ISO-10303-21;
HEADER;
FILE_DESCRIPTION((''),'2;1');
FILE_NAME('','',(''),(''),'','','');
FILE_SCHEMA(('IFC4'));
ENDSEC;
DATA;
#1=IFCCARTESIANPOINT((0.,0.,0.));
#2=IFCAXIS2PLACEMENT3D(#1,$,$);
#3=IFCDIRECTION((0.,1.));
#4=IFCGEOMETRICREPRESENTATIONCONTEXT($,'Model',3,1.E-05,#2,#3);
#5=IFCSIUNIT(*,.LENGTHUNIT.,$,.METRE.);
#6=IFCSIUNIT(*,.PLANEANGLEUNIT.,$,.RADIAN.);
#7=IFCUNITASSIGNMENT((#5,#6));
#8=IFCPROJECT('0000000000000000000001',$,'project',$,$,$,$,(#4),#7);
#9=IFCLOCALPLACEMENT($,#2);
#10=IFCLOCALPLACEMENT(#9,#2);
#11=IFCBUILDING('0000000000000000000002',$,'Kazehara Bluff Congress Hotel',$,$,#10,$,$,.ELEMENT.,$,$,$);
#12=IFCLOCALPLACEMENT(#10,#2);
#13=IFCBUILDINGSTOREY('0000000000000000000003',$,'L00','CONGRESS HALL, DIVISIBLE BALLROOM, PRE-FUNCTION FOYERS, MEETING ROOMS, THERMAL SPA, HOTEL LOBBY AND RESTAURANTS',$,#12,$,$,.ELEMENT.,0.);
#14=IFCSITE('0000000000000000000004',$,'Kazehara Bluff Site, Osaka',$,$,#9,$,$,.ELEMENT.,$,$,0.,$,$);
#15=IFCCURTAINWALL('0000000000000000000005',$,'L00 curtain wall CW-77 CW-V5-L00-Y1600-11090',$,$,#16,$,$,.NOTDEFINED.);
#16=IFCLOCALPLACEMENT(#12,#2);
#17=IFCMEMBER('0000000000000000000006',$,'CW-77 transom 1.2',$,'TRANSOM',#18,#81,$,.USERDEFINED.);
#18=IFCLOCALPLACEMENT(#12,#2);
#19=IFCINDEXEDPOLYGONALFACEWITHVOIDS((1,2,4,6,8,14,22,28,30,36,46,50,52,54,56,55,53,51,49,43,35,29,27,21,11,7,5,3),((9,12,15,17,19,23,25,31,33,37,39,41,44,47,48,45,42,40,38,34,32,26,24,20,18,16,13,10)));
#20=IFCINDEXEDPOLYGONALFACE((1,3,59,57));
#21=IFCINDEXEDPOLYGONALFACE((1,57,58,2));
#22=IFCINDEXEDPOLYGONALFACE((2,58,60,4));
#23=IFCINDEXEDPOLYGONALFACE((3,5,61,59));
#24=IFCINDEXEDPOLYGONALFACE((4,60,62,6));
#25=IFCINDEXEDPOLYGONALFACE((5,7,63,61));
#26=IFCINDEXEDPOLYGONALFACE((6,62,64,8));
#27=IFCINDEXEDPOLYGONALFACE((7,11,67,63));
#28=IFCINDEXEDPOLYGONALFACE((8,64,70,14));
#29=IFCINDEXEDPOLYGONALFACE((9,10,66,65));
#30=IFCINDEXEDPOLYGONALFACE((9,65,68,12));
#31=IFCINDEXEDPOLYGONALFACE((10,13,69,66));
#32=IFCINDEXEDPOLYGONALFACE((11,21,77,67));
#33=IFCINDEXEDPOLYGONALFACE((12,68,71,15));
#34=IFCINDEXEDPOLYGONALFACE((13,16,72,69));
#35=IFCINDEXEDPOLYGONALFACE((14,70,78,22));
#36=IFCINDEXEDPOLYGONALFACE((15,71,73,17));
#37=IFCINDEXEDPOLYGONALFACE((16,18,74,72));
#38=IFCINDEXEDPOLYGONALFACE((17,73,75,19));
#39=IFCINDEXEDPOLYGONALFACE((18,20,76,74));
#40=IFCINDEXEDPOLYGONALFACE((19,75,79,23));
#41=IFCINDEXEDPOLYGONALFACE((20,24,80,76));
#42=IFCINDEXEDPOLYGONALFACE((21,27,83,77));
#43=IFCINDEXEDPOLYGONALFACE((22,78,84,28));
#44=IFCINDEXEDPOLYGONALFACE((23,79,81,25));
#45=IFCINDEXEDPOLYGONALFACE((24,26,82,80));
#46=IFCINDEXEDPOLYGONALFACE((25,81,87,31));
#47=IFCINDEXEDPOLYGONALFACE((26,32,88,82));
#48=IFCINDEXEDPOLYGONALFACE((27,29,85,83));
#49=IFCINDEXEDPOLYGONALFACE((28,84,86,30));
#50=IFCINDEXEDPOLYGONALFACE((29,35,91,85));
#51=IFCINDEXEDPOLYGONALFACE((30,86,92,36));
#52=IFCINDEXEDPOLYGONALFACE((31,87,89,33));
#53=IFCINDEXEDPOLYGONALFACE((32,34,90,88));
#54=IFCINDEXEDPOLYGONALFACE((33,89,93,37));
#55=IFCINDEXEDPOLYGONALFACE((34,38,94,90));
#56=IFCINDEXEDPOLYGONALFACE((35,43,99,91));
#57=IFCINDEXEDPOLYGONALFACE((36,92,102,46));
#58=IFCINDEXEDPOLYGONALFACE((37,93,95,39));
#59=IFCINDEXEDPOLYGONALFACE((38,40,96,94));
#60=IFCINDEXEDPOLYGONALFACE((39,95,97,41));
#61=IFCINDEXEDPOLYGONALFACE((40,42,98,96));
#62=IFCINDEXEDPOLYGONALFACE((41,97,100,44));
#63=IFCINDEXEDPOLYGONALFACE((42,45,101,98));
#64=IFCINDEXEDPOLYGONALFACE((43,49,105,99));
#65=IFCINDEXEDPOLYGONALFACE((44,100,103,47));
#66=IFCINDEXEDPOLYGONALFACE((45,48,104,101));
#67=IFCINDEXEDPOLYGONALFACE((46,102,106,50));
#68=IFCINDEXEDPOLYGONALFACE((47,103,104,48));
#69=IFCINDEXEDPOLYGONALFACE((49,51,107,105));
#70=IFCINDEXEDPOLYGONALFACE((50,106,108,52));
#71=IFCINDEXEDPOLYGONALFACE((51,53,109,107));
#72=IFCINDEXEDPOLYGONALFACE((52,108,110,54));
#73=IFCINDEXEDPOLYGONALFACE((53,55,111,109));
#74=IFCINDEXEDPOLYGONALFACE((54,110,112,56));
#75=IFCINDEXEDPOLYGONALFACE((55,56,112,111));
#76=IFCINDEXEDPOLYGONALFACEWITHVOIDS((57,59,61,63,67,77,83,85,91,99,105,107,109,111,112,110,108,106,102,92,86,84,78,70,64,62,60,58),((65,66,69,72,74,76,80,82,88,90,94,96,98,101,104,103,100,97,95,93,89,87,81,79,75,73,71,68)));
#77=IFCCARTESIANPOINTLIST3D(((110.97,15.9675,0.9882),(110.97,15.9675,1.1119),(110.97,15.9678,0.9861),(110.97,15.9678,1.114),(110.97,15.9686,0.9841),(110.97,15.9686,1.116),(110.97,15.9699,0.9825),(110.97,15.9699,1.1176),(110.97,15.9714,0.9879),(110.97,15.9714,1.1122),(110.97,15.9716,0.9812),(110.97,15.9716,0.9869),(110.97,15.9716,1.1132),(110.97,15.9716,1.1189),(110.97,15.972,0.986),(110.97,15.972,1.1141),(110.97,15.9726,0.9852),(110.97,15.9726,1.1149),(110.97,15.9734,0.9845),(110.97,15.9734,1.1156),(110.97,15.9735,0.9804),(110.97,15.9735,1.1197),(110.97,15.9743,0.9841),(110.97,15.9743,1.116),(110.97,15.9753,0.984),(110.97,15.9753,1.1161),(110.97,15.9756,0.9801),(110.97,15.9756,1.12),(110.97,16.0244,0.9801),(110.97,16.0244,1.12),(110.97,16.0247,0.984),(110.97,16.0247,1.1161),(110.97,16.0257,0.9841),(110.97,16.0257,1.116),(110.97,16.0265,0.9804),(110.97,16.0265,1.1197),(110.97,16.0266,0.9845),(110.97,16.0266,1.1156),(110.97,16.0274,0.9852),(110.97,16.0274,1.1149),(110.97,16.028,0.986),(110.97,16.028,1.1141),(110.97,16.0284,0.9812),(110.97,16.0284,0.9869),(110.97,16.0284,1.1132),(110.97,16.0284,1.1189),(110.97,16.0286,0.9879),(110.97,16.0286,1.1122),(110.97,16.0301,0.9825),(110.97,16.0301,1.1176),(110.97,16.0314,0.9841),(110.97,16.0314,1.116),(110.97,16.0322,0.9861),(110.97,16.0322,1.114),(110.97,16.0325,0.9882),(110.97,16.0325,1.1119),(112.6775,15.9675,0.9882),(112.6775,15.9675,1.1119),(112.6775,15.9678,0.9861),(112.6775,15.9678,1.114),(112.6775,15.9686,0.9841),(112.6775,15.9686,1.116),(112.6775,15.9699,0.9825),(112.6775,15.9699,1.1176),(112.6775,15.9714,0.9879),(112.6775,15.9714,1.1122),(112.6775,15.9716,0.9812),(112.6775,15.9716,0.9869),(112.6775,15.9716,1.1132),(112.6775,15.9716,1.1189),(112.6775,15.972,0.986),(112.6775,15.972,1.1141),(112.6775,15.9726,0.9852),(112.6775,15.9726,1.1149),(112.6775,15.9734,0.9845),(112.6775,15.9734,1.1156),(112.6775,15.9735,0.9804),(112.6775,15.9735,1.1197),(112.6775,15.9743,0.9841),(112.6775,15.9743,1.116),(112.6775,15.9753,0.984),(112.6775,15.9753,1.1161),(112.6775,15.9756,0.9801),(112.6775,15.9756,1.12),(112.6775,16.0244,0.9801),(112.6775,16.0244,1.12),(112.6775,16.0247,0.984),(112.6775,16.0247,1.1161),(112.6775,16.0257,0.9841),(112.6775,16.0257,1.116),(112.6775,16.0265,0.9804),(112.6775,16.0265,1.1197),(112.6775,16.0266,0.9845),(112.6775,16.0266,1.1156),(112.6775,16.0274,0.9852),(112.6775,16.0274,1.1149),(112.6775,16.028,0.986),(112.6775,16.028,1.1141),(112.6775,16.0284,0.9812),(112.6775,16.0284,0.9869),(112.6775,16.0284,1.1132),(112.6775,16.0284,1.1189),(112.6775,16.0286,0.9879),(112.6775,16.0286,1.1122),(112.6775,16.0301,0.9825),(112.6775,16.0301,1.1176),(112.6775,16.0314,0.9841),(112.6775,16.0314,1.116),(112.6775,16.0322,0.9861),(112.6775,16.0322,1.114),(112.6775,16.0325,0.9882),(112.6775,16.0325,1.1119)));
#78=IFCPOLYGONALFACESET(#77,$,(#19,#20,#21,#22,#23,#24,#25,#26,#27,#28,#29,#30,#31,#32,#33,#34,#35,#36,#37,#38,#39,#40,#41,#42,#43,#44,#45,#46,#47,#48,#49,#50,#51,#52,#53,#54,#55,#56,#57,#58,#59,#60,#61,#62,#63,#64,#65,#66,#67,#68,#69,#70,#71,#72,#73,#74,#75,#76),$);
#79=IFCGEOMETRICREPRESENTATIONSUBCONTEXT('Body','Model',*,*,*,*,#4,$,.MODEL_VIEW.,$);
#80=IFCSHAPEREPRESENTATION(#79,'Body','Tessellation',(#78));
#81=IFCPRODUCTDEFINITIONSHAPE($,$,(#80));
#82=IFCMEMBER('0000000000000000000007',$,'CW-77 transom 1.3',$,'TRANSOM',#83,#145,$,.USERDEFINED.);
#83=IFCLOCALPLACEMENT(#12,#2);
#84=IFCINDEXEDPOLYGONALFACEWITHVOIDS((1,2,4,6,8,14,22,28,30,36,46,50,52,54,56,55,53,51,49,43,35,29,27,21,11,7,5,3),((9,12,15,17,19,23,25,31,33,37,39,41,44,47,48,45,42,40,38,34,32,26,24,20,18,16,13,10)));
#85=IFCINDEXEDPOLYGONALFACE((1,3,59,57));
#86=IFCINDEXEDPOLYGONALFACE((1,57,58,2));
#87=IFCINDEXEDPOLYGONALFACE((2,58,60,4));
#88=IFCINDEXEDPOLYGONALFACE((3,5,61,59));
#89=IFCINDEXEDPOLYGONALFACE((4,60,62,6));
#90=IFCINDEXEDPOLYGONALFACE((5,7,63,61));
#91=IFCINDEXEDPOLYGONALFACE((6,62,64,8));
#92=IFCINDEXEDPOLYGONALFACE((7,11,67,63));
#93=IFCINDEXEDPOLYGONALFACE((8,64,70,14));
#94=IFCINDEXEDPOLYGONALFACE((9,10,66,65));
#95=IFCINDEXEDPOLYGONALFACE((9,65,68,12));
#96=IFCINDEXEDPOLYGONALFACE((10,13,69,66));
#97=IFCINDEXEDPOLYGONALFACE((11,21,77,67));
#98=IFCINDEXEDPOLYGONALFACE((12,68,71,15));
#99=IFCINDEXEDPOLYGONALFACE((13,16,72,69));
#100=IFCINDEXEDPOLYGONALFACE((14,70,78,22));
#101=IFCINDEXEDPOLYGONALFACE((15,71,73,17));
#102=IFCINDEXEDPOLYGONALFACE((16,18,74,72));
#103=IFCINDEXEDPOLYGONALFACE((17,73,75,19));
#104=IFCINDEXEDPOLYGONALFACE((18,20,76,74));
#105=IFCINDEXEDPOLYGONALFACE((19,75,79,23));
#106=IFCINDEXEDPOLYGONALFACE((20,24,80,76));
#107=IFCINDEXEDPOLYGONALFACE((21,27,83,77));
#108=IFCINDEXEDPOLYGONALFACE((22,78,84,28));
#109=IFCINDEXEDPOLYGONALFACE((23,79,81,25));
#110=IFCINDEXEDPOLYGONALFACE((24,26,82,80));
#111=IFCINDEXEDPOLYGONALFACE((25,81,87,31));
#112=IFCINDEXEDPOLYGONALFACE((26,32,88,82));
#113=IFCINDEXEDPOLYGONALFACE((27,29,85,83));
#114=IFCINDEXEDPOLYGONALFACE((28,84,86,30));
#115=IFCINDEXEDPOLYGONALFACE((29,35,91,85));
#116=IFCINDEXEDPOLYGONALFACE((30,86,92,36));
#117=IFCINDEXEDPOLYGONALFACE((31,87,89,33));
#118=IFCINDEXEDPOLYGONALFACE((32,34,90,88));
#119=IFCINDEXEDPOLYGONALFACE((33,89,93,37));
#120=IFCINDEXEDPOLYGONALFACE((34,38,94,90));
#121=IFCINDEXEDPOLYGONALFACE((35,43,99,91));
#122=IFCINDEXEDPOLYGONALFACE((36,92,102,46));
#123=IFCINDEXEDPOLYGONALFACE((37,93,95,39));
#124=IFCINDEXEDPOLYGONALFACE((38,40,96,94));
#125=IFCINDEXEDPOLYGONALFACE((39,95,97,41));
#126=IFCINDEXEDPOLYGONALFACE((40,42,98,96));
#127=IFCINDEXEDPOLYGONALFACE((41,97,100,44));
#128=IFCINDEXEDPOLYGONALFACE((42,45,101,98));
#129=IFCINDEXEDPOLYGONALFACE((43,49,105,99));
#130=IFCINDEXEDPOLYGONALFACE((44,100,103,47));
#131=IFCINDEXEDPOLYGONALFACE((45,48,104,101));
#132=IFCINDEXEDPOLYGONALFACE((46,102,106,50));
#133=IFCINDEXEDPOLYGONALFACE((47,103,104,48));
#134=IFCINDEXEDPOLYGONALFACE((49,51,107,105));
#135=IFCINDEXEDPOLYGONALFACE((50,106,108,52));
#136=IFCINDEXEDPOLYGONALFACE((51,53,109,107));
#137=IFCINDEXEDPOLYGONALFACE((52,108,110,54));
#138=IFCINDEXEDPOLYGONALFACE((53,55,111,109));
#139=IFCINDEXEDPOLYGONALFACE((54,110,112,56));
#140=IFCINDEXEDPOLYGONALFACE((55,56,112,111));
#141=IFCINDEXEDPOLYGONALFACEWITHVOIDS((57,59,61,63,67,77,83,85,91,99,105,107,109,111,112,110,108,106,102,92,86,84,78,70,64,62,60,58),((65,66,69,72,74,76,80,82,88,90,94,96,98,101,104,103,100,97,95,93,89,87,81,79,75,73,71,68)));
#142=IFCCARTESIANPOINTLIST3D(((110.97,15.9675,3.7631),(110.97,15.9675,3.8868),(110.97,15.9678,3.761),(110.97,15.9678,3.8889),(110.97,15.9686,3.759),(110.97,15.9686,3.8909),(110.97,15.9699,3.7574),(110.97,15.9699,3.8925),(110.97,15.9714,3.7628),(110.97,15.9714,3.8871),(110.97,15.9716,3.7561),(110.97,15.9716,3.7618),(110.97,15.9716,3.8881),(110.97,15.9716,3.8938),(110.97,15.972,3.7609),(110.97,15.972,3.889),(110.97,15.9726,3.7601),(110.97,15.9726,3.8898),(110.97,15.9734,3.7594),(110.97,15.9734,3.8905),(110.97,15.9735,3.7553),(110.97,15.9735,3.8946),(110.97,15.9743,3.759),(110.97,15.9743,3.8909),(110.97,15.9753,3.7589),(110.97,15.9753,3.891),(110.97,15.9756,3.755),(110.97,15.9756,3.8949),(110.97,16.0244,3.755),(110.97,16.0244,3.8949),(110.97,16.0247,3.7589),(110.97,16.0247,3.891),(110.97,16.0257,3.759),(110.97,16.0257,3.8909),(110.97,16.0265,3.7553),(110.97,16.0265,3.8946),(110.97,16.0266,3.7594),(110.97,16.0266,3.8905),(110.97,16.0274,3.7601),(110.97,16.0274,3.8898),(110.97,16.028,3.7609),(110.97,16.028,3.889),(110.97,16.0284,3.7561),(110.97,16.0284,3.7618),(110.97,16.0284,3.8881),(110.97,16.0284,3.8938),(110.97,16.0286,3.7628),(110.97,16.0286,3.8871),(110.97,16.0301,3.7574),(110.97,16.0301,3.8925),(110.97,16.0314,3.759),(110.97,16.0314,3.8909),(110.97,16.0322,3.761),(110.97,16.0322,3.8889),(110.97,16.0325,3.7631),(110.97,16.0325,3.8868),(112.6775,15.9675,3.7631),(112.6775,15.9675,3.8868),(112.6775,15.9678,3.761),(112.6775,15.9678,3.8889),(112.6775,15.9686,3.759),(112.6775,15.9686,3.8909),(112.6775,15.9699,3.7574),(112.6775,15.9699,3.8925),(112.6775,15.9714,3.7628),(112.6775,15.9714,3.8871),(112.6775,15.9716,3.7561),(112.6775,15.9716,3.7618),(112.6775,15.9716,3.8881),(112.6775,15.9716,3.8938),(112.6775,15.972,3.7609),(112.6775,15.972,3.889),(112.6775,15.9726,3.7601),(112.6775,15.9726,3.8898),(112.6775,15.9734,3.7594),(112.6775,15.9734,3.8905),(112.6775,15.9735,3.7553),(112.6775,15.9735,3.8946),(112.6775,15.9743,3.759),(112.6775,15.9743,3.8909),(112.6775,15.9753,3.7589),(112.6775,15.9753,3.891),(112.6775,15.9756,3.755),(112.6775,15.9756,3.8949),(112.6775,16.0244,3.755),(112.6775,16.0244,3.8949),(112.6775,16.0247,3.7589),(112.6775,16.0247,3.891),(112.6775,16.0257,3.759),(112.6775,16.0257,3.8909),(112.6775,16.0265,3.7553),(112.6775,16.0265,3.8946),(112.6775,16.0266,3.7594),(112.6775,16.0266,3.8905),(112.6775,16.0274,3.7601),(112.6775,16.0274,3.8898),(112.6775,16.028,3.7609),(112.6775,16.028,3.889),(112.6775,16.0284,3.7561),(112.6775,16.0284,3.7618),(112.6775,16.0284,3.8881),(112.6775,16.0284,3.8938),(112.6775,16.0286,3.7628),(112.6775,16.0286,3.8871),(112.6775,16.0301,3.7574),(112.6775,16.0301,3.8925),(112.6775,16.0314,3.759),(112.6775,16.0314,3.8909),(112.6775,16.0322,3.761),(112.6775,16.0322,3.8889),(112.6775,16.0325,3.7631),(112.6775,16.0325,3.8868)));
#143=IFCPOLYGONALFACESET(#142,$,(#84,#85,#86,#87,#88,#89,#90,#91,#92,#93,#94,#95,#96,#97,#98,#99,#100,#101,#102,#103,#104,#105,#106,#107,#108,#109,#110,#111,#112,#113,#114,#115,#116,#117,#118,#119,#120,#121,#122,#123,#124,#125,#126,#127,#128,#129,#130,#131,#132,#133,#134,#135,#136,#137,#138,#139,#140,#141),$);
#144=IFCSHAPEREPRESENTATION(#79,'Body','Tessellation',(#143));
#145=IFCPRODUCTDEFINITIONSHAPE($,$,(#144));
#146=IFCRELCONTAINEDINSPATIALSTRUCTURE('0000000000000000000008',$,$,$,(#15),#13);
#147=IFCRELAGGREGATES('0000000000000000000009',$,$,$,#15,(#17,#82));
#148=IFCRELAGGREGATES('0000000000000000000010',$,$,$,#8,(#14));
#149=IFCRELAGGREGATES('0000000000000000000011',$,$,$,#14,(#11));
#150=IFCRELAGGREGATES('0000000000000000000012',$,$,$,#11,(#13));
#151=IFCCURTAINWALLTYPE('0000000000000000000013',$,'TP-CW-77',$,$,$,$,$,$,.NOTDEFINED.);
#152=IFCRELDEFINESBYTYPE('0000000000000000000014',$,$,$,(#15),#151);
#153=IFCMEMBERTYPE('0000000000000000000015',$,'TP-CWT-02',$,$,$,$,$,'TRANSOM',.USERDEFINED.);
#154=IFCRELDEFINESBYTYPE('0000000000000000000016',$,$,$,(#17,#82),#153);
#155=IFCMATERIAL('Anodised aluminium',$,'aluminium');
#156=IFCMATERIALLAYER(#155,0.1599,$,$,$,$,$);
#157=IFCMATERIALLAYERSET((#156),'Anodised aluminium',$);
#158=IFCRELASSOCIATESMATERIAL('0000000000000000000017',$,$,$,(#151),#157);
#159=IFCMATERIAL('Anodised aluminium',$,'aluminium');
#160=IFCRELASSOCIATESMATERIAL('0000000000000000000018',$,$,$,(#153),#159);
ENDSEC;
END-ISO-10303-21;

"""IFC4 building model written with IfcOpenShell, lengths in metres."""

from ifc_helpers import new_model, si_unit, direction, frame, origin, origin_2d, place, context, subcontext, project, spatial, hollow_rectangle, extrude, material, layer, layer_set, material_profile, profile_set, type_object, element, aggregate, save


model = new_model("IFC4")

# Units and contexts
model_context = context("Model", 3, precision=1e-05, world=origin(), true_north=direction((0.0, 1.0)))
body_context = subcontext(model_context, "Body", "Model", "MODEL_VIEW")
ifc_project = project(units=[si_unit("LENGTHUNIT", "METRE"), si_unit("PLANEANGLEUNIT", "RADIAN")], contexts=[model_context])

# Site, building, storey
site_placement = place(None, origin())
site = spatial("IfcSite", under=ifc_project, at=site_placement, Name="Kazehara Bluff Site, Osaka", CompositionType="ELEMENT", RefElevation=0.0)
building_placement = place(site_placement, origin())
building = spatial("IfcBuilding", under=site, at=building_placement, Name="Kazehara Bluff Congress Hotel", CompositionType="ELEMENT")
storey_placement = place(building_placement, origin())
storey = spatial("IfcBuildingStorey", under=building, at=storey_placement, Name="L00", Description="CONGRESS HALL, DIVISIBLE BALLROOM, PRE-FUNCTION FOYERS, MEETING ROOMS, THERMAL SPA, HOTEL LOBBY AND RESTAURANTS", CompositionType="ELEMENT", Elevation=0.0)

# Curtain wall
ifc_material_1 = material(Name="Anodised aluminium", Category="aluminium")
ifc_layer_1 = layer(ifc_material_1, 0.1599)
ifc_layer_set_1 = layer_set([ifc_layer_1], Name="Anodised aluminium")
curtain_wall_type_1 = type_object("IfcCurtainWallType", Name="TP-CW-77", PredefinedType="NOTDEFINED", material=ifc_layer_set_1)
curtain_wall_1_placement = place(storey_placement, origin())
curtain_wall_1 = element("IfcCurtainWall", 1, at=curtain_wall_1_placement, inside=storey, type_object=curtain_wall_type_1, Name="L00 curtain wall CW-77 CW-V5-L00-Y1600-11090", PredefinedType="NOTDEFINED")

# Members
ifc_material_2 = material(Name="Anodised aluminium", Category="aluminium")
ifc_material_profile_1 = material_profile(ifc_material_2, hollow_rectangle(XDim=0.0649, YDim=0.1399, WallThickness=0.0039, InnerFilletRadius=0.0039, OuterFilletRadius=0.0081, at=origin_2d()))
ifc_profile_set_1 = profile_set([ifc_material_profile_1], Name="Anodised aluminium")
member_type_1 = type_object("IfcMemberType", Name="TP-CWT-02", ElementType="TRANSOM", PredefinedType="USERDEFINED", material=ifc_profile_set_1)
member_1_placement = place(storey_placement, frame((110.97, 16.0, 1.05), z_axis=(1.0, 0.0, 0.0), x_axis=(0.0, 1.0, 0.0)))
member_1 = element("IfcMember", 2, at=member_1_placement, type_object=member_type_1, Name="CW-77 transom 1.2", ObjectType="TRANSOM", PredefinedType="USERDEFINED", context=body_context, shape_type="SweptSolid", body=[
    extrude(hollow_rectangle(XDim=0.0649, YDim=0.1399, WallThickness=0.0039, InnerFilletRadius=0.0039, OuterFilletRadius=0.0081, at=origin_2d()), origin(), (0.0, 0.0, 1.0), 1.7075),
])
member_2_placement = place(storey_placement, frame((110.97, 16.0, 3.825), z_axis=(1.0, 0.0, 0.0), x_axis=(0.0, 1.0, 0.0)))
member_2 = element("IfcMember", 3, at=member_2_placement, type_object=member_type_1, Name="CW-77 transom 1.3", ObjectType="TRANSOM", PredefinedType="USERDEFINED", context=body_context, shape_type="SweptSolid", body=[
    extrude(hollow_rectangle(XDim=0.0649, YDim=0.1399, WallThickness=0.0039, InnerFilletRadius=0.0039, OuterFilletRadius=0.0081, at=origin_2d()), origin(), (0.0, 0.0, 1.0), 1.7075),
])

aggregate(curtain_wall_1, [member_1, member_2])

save(model, "model.ifc")
